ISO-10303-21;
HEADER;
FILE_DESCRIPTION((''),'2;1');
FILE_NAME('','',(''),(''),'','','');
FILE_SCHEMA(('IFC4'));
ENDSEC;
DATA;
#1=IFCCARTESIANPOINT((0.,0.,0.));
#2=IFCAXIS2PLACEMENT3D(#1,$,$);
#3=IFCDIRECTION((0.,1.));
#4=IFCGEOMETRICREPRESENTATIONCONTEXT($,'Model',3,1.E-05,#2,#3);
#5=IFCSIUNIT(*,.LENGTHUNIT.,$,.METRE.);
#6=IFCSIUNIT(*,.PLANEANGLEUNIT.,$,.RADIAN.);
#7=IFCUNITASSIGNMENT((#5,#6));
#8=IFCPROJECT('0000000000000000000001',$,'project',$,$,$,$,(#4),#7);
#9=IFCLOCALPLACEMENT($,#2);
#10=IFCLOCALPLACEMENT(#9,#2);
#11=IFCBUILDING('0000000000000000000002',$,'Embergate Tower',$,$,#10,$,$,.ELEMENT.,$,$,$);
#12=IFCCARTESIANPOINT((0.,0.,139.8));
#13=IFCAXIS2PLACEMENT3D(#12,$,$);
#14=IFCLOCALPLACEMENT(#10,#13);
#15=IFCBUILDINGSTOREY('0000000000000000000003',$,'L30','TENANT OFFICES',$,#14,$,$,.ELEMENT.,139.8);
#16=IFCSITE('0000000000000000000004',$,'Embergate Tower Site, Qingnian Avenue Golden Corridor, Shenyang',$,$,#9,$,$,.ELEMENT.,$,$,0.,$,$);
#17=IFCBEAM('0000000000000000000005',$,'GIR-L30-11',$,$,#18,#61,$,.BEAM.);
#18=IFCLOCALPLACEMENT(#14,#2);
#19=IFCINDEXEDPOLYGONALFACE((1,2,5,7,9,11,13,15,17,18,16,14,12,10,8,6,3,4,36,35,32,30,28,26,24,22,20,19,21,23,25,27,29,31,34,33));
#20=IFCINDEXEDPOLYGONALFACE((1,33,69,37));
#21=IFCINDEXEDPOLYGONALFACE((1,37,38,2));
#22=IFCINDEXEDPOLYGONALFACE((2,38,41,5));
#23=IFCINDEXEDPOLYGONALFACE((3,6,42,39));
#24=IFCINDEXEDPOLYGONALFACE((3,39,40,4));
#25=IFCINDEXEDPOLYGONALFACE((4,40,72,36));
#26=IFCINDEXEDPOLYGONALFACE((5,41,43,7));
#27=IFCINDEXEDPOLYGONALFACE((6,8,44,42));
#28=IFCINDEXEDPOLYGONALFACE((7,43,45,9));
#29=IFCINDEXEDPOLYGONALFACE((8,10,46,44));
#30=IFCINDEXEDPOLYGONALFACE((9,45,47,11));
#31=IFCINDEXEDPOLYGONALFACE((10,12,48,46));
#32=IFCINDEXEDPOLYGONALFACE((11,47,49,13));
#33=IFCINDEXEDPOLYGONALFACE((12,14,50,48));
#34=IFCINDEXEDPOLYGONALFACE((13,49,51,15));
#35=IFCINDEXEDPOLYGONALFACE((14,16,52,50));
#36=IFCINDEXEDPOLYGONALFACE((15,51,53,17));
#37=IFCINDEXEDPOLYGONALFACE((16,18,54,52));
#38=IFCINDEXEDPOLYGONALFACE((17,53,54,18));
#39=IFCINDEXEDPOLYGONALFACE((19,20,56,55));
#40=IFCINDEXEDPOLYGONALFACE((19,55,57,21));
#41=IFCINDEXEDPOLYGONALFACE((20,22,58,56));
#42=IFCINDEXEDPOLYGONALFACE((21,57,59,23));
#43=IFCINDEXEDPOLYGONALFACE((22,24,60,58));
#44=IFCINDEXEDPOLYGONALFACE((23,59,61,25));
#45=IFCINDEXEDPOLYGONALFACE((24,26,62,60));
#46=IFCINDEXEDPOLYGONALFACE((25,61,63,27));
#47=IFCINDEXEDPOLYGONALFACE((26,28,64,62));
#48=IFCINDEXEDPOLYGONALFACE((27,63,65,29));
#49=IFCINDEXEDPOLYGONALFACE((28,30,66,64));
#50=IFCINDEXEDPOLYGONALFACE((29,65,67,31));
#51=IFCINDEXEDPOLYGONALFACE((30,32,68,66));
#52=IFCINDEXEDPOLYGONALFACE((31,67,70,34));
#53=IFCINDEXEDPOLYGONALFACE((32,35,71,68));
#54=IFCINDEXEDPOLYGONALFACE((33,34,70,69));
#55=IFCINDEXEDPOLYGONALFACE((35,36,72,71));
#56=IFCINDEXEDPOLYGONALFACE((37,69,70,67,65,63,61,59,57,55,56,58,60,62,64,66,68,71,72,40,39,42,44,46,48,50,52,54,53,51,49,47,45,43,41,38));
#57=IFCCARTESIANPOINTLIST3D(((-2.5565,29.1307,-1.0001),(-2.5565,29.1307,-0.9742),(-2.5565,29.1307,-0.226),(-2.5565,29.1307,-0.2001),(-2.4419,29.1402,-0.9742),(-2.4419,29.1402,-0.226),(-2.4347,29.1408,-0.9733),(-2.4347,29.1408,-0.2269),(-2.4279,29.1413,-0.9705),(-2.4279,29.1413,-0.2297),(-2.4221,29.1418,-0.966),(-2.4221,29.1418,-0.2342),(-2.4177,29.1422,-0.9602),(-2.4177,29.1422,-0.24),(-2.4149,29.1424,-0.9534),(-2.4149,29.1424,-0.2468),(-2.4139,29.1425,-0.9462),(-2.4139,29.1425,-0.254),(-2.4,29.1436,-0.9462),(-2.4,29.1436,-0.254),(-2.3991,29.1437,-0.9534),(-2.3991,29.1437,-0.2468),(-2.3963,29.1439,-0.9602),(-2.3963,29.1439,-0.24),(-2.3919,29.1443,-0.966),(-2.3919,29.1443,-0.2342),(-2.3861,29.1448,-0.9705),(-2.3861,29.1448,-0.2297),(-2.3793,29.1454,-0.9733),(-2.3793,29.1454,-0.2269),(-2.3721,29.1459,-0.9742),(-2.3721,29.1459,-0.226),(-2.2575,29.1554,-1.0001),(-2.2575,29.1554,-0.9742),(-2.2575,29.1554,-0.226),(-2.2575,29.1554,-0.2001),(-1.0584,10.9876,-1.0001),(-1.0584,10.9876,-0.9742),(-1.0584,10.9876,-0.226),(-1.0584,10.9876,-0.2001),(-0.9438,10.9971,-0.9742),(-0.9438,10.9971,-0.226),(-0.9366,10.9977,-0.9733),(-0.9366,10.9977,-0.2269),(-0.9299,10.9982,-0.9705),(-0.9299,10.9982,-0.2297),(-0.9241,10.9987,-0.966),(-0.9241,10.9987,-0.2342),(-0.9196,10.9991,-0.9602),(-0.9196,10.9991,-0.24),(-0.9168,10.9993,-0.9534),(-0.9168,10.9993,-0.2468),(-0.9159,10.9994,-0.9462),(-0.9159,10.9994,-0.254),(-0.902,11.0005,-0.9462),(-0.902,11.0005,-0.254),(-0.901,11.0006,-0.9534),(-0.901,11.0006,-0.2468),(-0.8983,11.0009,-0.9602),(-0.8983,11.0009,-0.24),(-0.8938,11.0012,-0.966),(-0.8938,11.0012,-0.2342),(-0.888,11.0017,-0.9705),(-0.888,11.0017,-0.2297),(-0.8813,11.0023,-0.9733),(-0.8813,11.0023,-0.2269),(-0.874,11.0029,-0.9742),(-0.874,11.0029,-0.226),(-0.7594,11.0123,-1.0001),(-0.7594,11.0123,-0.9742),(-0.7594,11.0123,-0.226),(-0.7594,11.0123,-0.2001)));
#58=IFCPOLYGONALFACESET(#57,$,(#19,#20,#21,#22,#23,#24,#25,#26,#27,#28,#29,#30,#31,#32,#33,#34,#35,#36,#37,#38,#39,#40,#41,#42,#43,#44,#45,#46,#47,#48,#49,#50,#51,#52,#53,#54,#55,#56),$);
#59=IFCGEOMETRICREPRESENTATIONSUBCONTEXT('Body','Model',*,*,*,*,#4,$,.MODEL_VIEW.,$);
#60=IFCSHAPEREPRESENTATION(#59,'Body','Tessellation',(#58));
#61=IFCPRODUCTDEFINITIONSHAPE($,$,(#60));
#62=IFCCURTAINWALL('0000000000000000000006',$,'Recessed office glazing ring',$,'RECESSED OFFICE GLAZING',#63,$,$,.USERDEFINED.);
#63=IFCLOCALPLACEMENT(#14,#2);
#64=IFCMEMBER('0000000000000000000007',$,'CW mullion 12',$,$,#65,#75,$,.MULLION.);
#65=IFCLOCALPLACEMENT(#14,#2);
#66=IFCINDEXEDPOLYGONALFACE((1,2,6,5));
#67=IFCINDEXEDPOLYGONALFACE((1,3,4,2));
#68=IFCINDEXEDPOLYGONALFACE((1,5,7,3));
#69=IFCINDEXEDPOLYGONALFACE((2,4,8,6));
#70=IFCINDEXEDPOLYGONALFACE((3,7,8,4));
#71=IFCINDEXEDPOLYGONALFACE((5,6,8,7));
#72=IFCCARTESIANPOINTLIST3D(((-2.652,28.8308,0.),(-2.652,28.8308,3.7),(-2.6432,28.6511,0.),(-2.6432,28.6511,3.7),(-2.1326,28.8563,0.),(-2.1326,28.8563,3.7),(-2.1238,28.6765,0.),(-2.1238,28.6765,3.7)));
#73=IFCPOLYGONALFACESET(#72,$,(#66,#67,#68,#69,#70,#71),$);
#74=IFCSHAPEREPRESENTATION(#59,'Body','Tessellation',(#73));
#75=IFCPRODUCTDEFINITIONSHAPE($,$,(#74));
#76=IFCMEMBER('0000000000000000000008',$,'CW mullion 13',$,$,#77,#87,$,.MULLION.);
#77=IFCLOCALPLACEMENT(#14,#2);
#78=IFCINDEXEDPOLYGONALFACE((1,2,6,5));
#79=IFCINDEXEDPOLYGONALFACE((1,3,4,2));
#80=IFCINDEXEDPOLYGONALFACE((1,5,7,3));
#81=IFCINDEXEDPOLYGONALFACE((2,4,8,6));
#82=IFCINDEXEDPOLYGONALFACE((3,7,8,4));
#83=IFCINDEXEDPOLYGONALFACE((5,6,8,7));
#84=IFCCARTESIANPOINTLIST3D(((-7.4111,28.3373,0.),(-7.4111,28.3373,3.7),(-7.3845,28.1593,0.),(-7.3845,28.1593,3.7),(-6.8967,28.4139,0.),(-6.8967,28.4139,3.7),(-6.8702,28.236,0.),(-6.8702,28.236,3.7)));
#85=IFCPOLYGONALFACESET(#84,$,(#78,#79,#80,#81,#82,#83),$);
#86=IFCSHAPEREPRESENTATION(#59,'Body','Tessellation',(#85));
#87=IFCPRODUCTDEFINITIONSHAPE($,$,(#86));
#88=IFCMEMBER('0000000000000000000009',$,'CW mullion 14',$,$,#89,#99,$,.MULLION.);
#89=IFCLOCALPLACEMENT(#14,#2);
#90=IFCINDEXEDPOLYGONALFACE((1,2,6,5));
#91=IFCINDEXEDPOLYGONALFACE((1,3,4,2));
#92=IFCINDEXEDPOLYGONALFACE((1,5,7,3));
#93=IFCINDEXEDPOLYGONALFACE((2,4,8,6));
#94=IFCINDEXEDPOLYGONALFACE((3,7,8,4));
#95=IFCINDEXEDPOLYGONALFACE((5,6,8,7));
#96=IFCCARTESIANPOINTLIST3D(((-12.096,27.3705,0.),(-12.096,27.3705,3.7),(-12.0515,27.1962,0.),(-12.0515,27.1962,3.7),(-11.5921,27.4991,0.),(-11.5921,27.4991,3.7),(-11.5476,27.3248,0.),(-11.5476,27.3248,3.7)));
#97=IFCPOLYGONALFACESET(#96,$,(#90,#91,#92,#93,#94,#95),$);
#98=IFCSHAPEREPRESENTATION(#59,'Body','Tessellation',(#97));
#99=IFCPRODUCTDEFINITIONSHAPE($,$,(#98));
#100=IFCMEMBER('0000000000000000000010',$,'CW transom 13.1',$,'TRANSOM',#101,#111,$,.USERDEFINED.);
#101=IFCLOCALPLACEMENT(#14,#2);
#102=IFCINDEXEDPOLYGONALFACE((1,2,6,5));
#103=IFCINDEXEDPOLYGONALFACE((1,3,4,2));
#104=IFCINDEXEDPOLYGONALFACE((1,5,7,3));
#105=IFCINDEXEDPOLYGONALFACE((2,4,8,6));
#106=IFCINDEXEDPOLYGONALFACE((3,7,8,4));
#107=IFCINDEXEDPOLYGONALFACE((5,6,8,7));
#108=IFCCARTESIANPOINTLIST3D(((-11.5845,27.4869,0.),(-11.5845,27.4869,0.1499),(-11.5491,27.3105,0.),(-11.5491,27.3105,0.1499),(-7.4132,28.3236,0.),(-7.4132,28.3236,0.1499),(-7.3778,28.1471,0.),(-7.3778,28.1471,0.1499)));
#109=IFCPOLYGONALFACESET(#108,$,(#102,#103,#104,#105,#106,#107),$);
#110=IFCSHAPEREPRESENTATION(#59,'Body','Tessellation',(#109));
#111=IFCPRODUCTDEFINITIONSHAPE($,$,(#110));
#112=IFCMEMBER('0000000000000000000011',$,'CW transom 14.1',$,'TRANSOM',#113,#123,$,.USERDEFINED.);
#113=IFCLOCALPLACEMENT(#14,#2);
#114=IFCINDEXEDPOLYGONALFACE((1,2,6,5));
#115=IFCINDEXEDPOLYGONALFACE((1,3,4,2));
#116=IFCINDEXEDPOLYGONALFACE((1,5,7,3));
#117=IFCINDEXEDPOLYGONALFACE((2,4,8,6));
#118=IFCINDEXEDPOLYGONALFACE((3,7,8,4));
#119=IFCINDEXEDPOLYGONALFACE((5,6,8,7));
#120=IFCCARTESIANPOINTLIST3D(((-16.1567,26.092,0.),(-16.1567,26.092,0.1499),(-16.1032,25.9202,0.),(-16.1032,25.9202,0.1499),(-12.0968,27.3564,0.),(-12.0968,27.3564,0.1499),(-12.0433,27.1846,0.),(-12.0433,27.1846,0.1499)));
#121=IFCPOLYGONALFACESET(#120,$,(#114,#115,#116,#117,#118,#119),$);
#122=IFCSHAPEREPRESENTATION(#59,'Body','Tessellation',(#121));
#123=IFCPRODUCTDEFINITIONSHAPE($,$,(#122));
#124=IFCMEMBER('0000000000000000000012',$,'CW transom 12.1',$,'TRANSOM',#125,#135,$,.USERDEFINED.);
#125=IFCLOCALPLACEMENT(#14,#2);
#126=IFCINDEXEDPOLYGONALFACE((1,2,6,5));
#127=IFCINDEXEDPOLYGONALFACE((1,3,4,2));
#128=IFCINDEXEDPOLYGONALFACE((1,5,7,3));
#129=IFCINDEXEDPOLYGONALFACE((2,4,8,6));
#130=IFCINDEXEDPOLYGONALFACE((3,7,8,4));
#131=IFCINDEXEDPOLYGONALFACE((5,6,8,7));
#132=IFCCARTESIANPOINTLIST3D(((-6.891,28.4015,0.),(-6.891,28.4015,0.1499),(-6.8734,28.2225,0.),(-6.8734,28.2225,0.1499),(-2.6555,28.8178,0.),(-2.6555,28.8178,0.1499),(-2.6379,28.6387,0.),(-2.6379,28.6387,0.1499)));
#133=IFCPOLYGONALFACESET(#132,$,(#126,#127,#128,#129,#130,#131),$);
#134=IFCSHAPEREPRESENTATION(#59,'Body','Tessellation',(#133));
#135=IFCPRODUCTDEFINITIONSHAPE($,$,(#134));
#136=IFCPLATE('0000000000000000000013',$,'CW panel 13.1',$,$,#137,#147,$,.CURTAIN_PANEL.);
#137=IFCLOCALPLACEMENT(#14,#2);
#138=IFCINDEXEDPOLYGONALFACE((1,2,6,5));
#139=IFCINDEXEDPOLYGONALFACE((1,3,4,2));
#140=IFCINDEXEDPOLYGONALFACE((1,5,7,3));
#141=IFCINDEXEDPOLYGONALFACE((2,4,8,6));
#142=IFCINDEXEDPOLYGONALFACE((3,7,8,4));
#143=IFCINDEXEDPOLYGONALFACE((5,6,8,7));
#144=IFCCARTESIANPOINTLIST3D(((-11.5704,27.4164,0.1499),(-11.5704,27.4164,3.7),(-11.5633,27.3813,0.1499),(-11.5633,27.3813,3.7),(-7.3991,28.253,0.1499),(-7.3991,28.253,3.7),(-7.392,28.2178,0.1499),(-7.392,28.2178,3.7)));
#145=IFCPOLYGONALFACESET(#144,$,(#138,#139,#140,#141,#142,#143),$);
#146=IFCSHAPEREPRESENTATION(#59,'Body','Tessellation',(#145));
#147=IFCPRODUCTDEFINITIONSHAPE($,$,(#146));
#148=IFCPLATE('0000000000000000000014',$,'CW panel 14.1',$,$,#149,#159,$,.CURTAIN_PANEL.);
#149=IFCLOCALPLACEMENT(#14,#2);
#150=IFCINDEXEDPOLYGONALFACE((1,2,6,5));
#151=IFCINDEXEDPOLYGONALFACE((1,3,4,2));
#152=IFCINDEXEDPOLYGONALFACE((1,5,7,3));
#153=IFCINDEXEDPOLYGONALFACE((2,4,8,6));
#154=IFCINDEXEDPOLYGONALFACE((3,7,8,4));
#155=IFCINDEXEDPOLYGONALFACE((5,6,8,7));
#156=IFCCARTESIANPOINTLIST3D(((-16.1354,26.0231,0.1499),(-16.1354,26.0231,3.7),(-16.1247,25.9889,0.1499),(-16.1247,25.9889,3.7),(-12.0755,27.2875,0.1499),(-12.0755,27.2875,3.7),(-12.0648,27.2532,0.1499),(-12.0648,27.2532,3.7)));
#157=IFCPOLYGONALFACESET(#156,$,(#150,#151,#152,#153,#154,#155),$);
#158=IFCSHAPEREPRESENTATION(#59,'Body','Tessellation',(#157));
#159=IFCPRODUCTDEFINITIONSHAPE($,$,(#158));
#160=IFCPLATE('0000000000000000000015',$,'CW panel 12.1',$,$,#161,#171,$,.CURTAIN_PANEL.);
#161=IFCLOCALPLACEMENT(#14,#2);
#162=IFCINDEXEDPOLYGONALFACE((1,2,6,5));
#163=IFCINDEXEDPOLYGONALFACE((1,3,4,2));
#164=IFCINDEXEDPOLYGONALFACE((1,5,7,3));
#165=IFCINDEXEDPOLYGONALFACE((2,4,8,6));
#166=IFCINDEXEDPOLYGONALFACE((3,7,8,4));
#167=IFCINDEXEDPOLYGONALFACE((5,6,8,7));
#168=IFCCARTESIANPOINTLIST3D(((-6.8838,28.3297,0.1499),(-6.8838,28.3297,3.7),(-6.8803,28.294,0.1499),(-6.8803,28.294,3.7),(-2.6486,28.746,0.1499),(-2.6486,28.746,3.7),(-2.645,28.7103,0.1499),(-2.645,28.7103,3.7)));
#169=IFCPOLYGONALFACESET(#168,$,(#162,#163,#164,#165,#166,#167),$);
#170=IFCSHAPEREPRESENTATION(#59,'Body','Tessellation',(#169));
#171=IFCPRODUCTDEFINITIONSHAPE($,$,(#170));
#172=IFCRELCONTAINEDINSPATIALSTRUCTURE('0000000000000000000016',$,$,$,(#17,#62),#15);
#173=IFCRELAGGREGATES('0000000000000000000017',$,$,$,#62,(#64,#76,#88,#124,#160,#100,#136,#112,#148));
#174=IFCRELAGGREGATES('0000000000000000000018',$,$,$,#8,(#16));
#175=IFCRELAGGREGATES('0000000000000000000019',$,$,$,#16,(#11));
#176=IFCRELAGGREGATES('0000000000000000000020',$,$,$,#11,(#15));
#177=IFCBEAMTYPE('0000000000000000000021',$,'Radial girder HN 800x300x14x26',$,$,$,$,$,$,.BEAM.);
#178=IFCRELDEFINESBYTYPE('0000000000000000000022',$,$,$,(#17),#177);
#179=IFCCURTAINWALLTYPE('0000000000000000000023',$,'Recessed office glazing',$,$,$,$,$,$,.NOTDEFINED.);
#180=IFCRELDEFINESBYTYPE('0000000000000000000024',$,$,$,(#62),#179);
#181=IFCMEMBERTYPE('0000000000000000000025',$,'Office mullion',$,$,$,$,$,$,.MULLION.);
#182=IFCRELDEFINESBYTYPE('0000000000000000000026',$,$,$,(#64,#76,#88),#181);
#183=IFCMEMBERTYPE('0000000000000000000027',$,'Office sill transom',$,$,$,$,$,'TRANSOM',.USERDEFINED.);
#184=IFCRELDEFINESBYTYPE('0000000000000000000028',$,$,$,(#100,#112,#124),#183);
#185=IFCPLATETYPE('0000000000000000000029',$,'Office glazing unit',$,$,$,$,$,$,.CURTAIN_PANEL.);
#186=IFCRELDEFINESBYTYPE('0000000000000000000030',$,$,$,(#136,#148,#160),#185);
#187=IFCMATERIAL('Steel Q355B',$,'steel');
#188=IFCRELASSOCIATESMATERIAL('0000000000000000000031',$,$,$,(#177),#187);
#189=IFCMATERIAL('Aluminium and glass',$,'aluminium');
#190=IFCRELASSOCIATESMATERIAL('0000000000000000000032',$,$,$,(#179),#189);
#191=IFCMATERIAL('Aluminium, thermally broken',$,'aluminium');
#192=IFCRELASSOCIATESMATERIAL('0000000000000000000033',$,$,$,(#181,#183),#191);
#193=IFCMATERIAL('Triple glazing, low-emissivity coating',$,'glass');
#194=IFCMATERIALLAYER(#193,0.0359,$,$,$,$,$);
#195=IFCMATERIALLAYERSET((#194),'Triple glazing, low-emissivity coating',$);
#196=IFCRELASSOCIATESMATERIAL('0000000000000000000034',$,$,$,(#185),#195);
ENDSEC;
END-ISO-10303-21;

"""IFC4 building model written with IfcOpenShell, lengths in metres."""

from ifc_helpers import new_model, si_unit, direction, frame, origin, origin_2d, place, context, subcontext, project, spatial, rectangle, i_section, extrude, source, transform, mapped, material, layer, layer_set, material_profile, profile_set, type_object, element, aggregate, save


model = new_model("IFC4")

# Units and contexts
model_context = context("Model", 3, precision=1e-05, world=origin(), true_north=direction((0.0, 1.0)))
body_context = subcontext(model_context, "Body", "Model", "MODEL_VIEW")
ifc_project = project(units=[si_unit("LENGTHUNIT", "METRE"), si_unit("PLANEANGLEUNIT", "RADIAN")], contexts=[model_context])

# Site, building, storey
site_placement = place(None, origin())
site = spatial("IfcSite", under=ifc_project, at=site_placement, Name="Embergate Tower Site, Qingnian Avenue Golden Corridor, Shenyang", CompositionType="ELEMENT", RefElevation=0.0)
building_placement = place(site_placement, origin())
building = spatial("IfcBuilding", under=site, at=building_placement, Name="Embergate Tower", CompositionType="ELEMENT")
storey_placement = place(building_placement, frame((0.0, 0.0, 139.8)))
storey = spatial("IfcBuildingStorey", under=building, at=storey_placement, Name="L30", Description="TENANT OFFICES", CompositionType="ELEMENT", Elevation=139.8)

# Beam
ifc_material_1 = material(Name="Steel Q355B", Category="steel")
ifc_material_profile_1 = material_profile(ifc_material_1, i_section(OverallWidth=0.3, OverallDepth=0.8, WebThickness=0.0139, FlangeThickness=0.0259, FilletRadius=0.0281, at=origin_2d()), Name="HN 800x300x14x26")
ifc_profile_set_1 = profile_set([ifc_material_profile_1], Name="Steel Q355 grade B")
beam_type_1 = type_object("IfcBeamType", Name="Radial girder HN 800x300x14x26", PredefinedType="BEAM", material=ifc_profile_set_1)
shared_shape_1 = source(origin(), body_context, "Body", "SweptSolid", [
    extrude(i_section(OverallWidth=0.3, OverallDepth=0.8, WebThickness=0.0139, FlangeThickness=0.0259, FilletRadius=0.0281, at=origin_2d()), origin(), (0.0, 0.0, 1.0), 18.2048),
])
beam_1_placement = place(storey_placement, frame((-2.407, 29.1431, -0.6001), z_axis=(0.082289, -0.996609, 0.0), x_axis=(0.996609, 0.082289, 0.0)))
element("IfcBeam", 1, at=beam_1_placement, inside=storey, type_object=beam_type_1, Name="GIR-L30-11", PredefinedType="BEAM", context=body_context, shape_type="MappedRepresentation", body=[
    mapped(shared_shape_1, transform((0.0, 0.0, 0.0))),
])

# Curtain wall, members, plates
ifc_material_2 = material(Name="Aluminium and glass", Category="aluminium")
curtain_wall_type = type_object("IfcCurtainWallType", Name="Recessed office glazing", PredefinedType="NOTDEFINED", material=ifc_material_2)
curtain_wall_placement = place(storey_placement, origin())
curtain_wall = element("IfcCurtainWall", 2, at=curtain_wall_placement, inside=storey, type_object=curtain_wall_type, Name="Recessed office glazing ring", ObjectType="RECESSED OFFICE GLAZING", PredefinedType="USERDEFINED")
ifc_material_3 = material(Name="Aluminium, thermally broken", Category="aluminium")
ifc_material_profile_2 = material_profile(ifc_material_3, rectangle(XDim=0.1799, YDim=0.52, at=origin_2d()), Name="AL 520x180")
ifc_profile_set_2 = profile_set([ifc_material_profile_2], Name="Aluminium, thermally broken")
member_type_1 = type_object("IfcMemberType", Name="Office mullion", PredefinedType="MULLION", material=ifc_profile_set_2)
shared_shape_2 = source(origin(), body_context, "Body", "SweptSolid", [
    extrude(rectangle(XDim=0.1799, YDim=0.52, at=origin_2d()), origin(), (0.0, 0.0, 1.0), 3.7),
])
member_1_placement = place(storey_placement, frame((-2.3879, 28.7537, 0.0), z_axis=(0.0, 0.0, 1.0), x_axis=(0.048972, -0.9988, 0.0)))
member_1 = element("IfcMember", 3, at=member_1_placement, type_object=member_type_1, Name="CW mullion 12", PredefinedType="MULLION", context=body_context, shape_type="MappedRepresentation", body=[
    mapped(shared_shape_2, transform((0.0, 0.0, 0.0))),
])
member_2_placement = place(storey_placement, frame((-7.1406, 28.2866, 0.0), z_axis=(0.0, 0.0, 1.0), x_axis=(0.147411, -0.989075, 0.0)))
member_2 = element("IfcMember", 4, at=member_2_placement, type_object=member_type_1, Name="CW mullion 13", PredefinedType="MULLION", context=body_context, shape_type="MappedRepresentation", body=[
    mapped(shared_shape_2, transform((0.0, 0.0, 0.0))),
])
member_3_placement = place(storey_placement, frame((-11.8218, 27.3477, 0.0), z_axis=(0.0, 0.0, 1.0), x_axis=(0.24731, -0.968936, 0.0)))
member_3 = element("IfcMember", 5, at=member_3_placement, type_object=member_type_1, Name="CW mullion 14", PredefinedType="MULLION", context=body_context, shape_type="MappedRepresentation", body=[
    mapped(shared_shape_2, transform((0.0, 0.0, 0.0))),
])
ifc_material_profile_3 = material_profile(ifc_material_3, rectangle(XDim=0.1799, YDim=0.1499, at=origin_2d()), Name="AL 150x180")
ifc_profile_set_3 = profile_set([ifc_material_profile_3], Name="Aluminium, thermally broken")
member_type_2 = type_object("IfcMemberType", Name="Office sill transom", ElementType="TRANSOM", PredefinedType="USERDEFINED", material=ifc_profile_set_3)
shared_shape_3 = source(origin(), body_context, "Body", "SweptSolid", [
    extrude(rectangle(XDim=0.1799, YDim=0.1499, at=origin_2d()), origin(), (0.0, 0.0, 1.0), 4.2544),
])
member_4_placement = place(storey_placement, frame((-7.3955, 28.2354, 0.075), z_axis=(-0.980472, -0.196657, 0.0), x_axis=(0.196657, -0.980472, 0.0)))
member_4 = element("IfcMember", 6, at=member_4_placement, type_object=member_type_2, Name="CW transom 13.1", ObjectType="TRANSOM", PredefinedType="USERDEFINED", context=body_context, shape_type="MappedRepresentation", body=[
    mapped(shared_shape_3, transform((0.0, 0.0, 0.0))),
])
shared_shape_4 = source(origin(), body_context, "Body", "SweptSolid", [
    extrude(rectangle(XDim=0.1799, YDim=0.1499, at=origin_2d()), origin(), (0.0, 0.0, 1.0), 4.2522),
])
member_5_placement = place(storey_placement, frame((-12.0701, 27.2705, 0.075), z_axis=(-0.954767, -0.297356, 0.0), x_axis=(0.297356, -0.954767, 0.0)))
member_5 = element("IfcMember", 7, at=member_5_placement, type_object=member_type_2, Name="CW transom 14.1", ObjectType="TRANSOM", PredefinedType="USERDEFINED", context=body_context, shape_type="MappedRepresentation", body=[
    mapped(shared_shape_4, transform((0.0, 0.0, 0.0))),
])
shared_shape_5 = source(origin(), body_context, "Body", "SweptSolid", [
    extrude(rectangle(XDim=0.1799, YDim=0.1499, at=origin_2d()), origin(), (0.0, 0.0, 1.0), 4.2559),
])
member_6_placement = place(storey_placement, frame((-2.6467, 28.7283, 0.075), z_axis=(-0.995205, -0.097811, 0.0), x_axis=(0.097811, -0.995205, 0.0)))
member_6 = element("IfcMember", 8, at=member_6_placement, type_object=member_type_2, Name="CW transom 12.1", ObjectType="TRANSOM", PredefinedType="USERDEFINED", context=body_context, shape_type="MappedRepresentation", body=[
    mapped(shared_shape_5, transform((0.0, 0.0, 0.0))),
])
ifc_material_4 = material(Name="Triple glazing, low-emissivity coating", Category="glass")
ifc_layer_1 = layer(ifc_material_4, 0.0359)
ifc_layer_set_1 = layer_set([ifc_layer_1], Name="Triple glazing, low-emissivity coating")
plate_type = type_object("IfcPlateType", Name="Office glazing unit", PredefinedType="CURTAIN_PANEL", material=ifc_layer_set_1)
shared_shape_6 = source(origin(), body_context, "Body", "SweptSolid", [
    extrude(rectangle(XDim=4.2544, YDim=0.0359, at=origin_2d()), origin(), (0.0, 0.0, 1.0), 3.55),
])
plate_1_placement = place(storey_placement, frame((-9.4812, 27.8171, 0.1499), z_axis=(0.0, 0.0, 1.0), x_axis=(-0.980476, -0.196638, 0.0)))
plate_1 = element("IfcPlate", 9, at=plate_1_placement, type_object=plate_type, Name="CW panel 13.1", PredefinedType="CURTAIN_PANEL", context=body_context, shape_type="MappedRepresentation", body=[
    mapped(shared_shape_6, transform((0.0, 0.0, 0.0))),
])
shared_shape_7 = source(origin(), body_context, "Body", "SweptSolid", [
    extrude(rectangle(XDim=4.2522, YDim=0.0359, at=origin_2d()), origin(), (0.0, 0.0, 1.0), 3.55),
])
plate_2_placement = place(storey_placement, frame((-14.1001, 26.6382, 0.1499), z_axis=(0.0, 0.0, 1.0), x_axis=(-0.954773, -0.297337, 0.0)))
plate_2 = element("IfcPlate", 10, at=plate_2_placement, type_object=plate_type, Name="CW panel 14.1", PredefinedType="CURTAIN_PANEL", context=body_context, shape_type="MappedRepresentation", body=[
    mapped(shared_shape_7, transform((0.0, 0.0, 0.0))),
])
shared_shape_8 = source(origin(), body_context, "Body", "SweptSolid", [
    extrude(rectangle(XDim=4.2556, YDim=0.0359, at=origin_2d()), origin(), (0.0, 0.0, 1.0), 3.55),
])
plate_3_placement = place(storey_placement, frame((-4.7644, 28.52, 0.1499), z_axis=(0.0, 0.0, 1.0), x_axis=(-0.995203, -0.097828, 0.0)))
plate_3 = element("IfcPlate", 11, at=plate_3_placement, type_object=plate_type, Name="CW panel 12.1", PredefinedType="CURTAIN_PANEL", context=body_context, shape_type="MappedRepresentation", body=[
    mapped(shared_shape_8, transform((0.0, 0.0, 0.0))),
])
aggregate(curtain_wall, [member_1, member_2, member_3, member_6, plate_3, member_4, plate_1, member_5, plate_2])

save(model, "model.ifc")
